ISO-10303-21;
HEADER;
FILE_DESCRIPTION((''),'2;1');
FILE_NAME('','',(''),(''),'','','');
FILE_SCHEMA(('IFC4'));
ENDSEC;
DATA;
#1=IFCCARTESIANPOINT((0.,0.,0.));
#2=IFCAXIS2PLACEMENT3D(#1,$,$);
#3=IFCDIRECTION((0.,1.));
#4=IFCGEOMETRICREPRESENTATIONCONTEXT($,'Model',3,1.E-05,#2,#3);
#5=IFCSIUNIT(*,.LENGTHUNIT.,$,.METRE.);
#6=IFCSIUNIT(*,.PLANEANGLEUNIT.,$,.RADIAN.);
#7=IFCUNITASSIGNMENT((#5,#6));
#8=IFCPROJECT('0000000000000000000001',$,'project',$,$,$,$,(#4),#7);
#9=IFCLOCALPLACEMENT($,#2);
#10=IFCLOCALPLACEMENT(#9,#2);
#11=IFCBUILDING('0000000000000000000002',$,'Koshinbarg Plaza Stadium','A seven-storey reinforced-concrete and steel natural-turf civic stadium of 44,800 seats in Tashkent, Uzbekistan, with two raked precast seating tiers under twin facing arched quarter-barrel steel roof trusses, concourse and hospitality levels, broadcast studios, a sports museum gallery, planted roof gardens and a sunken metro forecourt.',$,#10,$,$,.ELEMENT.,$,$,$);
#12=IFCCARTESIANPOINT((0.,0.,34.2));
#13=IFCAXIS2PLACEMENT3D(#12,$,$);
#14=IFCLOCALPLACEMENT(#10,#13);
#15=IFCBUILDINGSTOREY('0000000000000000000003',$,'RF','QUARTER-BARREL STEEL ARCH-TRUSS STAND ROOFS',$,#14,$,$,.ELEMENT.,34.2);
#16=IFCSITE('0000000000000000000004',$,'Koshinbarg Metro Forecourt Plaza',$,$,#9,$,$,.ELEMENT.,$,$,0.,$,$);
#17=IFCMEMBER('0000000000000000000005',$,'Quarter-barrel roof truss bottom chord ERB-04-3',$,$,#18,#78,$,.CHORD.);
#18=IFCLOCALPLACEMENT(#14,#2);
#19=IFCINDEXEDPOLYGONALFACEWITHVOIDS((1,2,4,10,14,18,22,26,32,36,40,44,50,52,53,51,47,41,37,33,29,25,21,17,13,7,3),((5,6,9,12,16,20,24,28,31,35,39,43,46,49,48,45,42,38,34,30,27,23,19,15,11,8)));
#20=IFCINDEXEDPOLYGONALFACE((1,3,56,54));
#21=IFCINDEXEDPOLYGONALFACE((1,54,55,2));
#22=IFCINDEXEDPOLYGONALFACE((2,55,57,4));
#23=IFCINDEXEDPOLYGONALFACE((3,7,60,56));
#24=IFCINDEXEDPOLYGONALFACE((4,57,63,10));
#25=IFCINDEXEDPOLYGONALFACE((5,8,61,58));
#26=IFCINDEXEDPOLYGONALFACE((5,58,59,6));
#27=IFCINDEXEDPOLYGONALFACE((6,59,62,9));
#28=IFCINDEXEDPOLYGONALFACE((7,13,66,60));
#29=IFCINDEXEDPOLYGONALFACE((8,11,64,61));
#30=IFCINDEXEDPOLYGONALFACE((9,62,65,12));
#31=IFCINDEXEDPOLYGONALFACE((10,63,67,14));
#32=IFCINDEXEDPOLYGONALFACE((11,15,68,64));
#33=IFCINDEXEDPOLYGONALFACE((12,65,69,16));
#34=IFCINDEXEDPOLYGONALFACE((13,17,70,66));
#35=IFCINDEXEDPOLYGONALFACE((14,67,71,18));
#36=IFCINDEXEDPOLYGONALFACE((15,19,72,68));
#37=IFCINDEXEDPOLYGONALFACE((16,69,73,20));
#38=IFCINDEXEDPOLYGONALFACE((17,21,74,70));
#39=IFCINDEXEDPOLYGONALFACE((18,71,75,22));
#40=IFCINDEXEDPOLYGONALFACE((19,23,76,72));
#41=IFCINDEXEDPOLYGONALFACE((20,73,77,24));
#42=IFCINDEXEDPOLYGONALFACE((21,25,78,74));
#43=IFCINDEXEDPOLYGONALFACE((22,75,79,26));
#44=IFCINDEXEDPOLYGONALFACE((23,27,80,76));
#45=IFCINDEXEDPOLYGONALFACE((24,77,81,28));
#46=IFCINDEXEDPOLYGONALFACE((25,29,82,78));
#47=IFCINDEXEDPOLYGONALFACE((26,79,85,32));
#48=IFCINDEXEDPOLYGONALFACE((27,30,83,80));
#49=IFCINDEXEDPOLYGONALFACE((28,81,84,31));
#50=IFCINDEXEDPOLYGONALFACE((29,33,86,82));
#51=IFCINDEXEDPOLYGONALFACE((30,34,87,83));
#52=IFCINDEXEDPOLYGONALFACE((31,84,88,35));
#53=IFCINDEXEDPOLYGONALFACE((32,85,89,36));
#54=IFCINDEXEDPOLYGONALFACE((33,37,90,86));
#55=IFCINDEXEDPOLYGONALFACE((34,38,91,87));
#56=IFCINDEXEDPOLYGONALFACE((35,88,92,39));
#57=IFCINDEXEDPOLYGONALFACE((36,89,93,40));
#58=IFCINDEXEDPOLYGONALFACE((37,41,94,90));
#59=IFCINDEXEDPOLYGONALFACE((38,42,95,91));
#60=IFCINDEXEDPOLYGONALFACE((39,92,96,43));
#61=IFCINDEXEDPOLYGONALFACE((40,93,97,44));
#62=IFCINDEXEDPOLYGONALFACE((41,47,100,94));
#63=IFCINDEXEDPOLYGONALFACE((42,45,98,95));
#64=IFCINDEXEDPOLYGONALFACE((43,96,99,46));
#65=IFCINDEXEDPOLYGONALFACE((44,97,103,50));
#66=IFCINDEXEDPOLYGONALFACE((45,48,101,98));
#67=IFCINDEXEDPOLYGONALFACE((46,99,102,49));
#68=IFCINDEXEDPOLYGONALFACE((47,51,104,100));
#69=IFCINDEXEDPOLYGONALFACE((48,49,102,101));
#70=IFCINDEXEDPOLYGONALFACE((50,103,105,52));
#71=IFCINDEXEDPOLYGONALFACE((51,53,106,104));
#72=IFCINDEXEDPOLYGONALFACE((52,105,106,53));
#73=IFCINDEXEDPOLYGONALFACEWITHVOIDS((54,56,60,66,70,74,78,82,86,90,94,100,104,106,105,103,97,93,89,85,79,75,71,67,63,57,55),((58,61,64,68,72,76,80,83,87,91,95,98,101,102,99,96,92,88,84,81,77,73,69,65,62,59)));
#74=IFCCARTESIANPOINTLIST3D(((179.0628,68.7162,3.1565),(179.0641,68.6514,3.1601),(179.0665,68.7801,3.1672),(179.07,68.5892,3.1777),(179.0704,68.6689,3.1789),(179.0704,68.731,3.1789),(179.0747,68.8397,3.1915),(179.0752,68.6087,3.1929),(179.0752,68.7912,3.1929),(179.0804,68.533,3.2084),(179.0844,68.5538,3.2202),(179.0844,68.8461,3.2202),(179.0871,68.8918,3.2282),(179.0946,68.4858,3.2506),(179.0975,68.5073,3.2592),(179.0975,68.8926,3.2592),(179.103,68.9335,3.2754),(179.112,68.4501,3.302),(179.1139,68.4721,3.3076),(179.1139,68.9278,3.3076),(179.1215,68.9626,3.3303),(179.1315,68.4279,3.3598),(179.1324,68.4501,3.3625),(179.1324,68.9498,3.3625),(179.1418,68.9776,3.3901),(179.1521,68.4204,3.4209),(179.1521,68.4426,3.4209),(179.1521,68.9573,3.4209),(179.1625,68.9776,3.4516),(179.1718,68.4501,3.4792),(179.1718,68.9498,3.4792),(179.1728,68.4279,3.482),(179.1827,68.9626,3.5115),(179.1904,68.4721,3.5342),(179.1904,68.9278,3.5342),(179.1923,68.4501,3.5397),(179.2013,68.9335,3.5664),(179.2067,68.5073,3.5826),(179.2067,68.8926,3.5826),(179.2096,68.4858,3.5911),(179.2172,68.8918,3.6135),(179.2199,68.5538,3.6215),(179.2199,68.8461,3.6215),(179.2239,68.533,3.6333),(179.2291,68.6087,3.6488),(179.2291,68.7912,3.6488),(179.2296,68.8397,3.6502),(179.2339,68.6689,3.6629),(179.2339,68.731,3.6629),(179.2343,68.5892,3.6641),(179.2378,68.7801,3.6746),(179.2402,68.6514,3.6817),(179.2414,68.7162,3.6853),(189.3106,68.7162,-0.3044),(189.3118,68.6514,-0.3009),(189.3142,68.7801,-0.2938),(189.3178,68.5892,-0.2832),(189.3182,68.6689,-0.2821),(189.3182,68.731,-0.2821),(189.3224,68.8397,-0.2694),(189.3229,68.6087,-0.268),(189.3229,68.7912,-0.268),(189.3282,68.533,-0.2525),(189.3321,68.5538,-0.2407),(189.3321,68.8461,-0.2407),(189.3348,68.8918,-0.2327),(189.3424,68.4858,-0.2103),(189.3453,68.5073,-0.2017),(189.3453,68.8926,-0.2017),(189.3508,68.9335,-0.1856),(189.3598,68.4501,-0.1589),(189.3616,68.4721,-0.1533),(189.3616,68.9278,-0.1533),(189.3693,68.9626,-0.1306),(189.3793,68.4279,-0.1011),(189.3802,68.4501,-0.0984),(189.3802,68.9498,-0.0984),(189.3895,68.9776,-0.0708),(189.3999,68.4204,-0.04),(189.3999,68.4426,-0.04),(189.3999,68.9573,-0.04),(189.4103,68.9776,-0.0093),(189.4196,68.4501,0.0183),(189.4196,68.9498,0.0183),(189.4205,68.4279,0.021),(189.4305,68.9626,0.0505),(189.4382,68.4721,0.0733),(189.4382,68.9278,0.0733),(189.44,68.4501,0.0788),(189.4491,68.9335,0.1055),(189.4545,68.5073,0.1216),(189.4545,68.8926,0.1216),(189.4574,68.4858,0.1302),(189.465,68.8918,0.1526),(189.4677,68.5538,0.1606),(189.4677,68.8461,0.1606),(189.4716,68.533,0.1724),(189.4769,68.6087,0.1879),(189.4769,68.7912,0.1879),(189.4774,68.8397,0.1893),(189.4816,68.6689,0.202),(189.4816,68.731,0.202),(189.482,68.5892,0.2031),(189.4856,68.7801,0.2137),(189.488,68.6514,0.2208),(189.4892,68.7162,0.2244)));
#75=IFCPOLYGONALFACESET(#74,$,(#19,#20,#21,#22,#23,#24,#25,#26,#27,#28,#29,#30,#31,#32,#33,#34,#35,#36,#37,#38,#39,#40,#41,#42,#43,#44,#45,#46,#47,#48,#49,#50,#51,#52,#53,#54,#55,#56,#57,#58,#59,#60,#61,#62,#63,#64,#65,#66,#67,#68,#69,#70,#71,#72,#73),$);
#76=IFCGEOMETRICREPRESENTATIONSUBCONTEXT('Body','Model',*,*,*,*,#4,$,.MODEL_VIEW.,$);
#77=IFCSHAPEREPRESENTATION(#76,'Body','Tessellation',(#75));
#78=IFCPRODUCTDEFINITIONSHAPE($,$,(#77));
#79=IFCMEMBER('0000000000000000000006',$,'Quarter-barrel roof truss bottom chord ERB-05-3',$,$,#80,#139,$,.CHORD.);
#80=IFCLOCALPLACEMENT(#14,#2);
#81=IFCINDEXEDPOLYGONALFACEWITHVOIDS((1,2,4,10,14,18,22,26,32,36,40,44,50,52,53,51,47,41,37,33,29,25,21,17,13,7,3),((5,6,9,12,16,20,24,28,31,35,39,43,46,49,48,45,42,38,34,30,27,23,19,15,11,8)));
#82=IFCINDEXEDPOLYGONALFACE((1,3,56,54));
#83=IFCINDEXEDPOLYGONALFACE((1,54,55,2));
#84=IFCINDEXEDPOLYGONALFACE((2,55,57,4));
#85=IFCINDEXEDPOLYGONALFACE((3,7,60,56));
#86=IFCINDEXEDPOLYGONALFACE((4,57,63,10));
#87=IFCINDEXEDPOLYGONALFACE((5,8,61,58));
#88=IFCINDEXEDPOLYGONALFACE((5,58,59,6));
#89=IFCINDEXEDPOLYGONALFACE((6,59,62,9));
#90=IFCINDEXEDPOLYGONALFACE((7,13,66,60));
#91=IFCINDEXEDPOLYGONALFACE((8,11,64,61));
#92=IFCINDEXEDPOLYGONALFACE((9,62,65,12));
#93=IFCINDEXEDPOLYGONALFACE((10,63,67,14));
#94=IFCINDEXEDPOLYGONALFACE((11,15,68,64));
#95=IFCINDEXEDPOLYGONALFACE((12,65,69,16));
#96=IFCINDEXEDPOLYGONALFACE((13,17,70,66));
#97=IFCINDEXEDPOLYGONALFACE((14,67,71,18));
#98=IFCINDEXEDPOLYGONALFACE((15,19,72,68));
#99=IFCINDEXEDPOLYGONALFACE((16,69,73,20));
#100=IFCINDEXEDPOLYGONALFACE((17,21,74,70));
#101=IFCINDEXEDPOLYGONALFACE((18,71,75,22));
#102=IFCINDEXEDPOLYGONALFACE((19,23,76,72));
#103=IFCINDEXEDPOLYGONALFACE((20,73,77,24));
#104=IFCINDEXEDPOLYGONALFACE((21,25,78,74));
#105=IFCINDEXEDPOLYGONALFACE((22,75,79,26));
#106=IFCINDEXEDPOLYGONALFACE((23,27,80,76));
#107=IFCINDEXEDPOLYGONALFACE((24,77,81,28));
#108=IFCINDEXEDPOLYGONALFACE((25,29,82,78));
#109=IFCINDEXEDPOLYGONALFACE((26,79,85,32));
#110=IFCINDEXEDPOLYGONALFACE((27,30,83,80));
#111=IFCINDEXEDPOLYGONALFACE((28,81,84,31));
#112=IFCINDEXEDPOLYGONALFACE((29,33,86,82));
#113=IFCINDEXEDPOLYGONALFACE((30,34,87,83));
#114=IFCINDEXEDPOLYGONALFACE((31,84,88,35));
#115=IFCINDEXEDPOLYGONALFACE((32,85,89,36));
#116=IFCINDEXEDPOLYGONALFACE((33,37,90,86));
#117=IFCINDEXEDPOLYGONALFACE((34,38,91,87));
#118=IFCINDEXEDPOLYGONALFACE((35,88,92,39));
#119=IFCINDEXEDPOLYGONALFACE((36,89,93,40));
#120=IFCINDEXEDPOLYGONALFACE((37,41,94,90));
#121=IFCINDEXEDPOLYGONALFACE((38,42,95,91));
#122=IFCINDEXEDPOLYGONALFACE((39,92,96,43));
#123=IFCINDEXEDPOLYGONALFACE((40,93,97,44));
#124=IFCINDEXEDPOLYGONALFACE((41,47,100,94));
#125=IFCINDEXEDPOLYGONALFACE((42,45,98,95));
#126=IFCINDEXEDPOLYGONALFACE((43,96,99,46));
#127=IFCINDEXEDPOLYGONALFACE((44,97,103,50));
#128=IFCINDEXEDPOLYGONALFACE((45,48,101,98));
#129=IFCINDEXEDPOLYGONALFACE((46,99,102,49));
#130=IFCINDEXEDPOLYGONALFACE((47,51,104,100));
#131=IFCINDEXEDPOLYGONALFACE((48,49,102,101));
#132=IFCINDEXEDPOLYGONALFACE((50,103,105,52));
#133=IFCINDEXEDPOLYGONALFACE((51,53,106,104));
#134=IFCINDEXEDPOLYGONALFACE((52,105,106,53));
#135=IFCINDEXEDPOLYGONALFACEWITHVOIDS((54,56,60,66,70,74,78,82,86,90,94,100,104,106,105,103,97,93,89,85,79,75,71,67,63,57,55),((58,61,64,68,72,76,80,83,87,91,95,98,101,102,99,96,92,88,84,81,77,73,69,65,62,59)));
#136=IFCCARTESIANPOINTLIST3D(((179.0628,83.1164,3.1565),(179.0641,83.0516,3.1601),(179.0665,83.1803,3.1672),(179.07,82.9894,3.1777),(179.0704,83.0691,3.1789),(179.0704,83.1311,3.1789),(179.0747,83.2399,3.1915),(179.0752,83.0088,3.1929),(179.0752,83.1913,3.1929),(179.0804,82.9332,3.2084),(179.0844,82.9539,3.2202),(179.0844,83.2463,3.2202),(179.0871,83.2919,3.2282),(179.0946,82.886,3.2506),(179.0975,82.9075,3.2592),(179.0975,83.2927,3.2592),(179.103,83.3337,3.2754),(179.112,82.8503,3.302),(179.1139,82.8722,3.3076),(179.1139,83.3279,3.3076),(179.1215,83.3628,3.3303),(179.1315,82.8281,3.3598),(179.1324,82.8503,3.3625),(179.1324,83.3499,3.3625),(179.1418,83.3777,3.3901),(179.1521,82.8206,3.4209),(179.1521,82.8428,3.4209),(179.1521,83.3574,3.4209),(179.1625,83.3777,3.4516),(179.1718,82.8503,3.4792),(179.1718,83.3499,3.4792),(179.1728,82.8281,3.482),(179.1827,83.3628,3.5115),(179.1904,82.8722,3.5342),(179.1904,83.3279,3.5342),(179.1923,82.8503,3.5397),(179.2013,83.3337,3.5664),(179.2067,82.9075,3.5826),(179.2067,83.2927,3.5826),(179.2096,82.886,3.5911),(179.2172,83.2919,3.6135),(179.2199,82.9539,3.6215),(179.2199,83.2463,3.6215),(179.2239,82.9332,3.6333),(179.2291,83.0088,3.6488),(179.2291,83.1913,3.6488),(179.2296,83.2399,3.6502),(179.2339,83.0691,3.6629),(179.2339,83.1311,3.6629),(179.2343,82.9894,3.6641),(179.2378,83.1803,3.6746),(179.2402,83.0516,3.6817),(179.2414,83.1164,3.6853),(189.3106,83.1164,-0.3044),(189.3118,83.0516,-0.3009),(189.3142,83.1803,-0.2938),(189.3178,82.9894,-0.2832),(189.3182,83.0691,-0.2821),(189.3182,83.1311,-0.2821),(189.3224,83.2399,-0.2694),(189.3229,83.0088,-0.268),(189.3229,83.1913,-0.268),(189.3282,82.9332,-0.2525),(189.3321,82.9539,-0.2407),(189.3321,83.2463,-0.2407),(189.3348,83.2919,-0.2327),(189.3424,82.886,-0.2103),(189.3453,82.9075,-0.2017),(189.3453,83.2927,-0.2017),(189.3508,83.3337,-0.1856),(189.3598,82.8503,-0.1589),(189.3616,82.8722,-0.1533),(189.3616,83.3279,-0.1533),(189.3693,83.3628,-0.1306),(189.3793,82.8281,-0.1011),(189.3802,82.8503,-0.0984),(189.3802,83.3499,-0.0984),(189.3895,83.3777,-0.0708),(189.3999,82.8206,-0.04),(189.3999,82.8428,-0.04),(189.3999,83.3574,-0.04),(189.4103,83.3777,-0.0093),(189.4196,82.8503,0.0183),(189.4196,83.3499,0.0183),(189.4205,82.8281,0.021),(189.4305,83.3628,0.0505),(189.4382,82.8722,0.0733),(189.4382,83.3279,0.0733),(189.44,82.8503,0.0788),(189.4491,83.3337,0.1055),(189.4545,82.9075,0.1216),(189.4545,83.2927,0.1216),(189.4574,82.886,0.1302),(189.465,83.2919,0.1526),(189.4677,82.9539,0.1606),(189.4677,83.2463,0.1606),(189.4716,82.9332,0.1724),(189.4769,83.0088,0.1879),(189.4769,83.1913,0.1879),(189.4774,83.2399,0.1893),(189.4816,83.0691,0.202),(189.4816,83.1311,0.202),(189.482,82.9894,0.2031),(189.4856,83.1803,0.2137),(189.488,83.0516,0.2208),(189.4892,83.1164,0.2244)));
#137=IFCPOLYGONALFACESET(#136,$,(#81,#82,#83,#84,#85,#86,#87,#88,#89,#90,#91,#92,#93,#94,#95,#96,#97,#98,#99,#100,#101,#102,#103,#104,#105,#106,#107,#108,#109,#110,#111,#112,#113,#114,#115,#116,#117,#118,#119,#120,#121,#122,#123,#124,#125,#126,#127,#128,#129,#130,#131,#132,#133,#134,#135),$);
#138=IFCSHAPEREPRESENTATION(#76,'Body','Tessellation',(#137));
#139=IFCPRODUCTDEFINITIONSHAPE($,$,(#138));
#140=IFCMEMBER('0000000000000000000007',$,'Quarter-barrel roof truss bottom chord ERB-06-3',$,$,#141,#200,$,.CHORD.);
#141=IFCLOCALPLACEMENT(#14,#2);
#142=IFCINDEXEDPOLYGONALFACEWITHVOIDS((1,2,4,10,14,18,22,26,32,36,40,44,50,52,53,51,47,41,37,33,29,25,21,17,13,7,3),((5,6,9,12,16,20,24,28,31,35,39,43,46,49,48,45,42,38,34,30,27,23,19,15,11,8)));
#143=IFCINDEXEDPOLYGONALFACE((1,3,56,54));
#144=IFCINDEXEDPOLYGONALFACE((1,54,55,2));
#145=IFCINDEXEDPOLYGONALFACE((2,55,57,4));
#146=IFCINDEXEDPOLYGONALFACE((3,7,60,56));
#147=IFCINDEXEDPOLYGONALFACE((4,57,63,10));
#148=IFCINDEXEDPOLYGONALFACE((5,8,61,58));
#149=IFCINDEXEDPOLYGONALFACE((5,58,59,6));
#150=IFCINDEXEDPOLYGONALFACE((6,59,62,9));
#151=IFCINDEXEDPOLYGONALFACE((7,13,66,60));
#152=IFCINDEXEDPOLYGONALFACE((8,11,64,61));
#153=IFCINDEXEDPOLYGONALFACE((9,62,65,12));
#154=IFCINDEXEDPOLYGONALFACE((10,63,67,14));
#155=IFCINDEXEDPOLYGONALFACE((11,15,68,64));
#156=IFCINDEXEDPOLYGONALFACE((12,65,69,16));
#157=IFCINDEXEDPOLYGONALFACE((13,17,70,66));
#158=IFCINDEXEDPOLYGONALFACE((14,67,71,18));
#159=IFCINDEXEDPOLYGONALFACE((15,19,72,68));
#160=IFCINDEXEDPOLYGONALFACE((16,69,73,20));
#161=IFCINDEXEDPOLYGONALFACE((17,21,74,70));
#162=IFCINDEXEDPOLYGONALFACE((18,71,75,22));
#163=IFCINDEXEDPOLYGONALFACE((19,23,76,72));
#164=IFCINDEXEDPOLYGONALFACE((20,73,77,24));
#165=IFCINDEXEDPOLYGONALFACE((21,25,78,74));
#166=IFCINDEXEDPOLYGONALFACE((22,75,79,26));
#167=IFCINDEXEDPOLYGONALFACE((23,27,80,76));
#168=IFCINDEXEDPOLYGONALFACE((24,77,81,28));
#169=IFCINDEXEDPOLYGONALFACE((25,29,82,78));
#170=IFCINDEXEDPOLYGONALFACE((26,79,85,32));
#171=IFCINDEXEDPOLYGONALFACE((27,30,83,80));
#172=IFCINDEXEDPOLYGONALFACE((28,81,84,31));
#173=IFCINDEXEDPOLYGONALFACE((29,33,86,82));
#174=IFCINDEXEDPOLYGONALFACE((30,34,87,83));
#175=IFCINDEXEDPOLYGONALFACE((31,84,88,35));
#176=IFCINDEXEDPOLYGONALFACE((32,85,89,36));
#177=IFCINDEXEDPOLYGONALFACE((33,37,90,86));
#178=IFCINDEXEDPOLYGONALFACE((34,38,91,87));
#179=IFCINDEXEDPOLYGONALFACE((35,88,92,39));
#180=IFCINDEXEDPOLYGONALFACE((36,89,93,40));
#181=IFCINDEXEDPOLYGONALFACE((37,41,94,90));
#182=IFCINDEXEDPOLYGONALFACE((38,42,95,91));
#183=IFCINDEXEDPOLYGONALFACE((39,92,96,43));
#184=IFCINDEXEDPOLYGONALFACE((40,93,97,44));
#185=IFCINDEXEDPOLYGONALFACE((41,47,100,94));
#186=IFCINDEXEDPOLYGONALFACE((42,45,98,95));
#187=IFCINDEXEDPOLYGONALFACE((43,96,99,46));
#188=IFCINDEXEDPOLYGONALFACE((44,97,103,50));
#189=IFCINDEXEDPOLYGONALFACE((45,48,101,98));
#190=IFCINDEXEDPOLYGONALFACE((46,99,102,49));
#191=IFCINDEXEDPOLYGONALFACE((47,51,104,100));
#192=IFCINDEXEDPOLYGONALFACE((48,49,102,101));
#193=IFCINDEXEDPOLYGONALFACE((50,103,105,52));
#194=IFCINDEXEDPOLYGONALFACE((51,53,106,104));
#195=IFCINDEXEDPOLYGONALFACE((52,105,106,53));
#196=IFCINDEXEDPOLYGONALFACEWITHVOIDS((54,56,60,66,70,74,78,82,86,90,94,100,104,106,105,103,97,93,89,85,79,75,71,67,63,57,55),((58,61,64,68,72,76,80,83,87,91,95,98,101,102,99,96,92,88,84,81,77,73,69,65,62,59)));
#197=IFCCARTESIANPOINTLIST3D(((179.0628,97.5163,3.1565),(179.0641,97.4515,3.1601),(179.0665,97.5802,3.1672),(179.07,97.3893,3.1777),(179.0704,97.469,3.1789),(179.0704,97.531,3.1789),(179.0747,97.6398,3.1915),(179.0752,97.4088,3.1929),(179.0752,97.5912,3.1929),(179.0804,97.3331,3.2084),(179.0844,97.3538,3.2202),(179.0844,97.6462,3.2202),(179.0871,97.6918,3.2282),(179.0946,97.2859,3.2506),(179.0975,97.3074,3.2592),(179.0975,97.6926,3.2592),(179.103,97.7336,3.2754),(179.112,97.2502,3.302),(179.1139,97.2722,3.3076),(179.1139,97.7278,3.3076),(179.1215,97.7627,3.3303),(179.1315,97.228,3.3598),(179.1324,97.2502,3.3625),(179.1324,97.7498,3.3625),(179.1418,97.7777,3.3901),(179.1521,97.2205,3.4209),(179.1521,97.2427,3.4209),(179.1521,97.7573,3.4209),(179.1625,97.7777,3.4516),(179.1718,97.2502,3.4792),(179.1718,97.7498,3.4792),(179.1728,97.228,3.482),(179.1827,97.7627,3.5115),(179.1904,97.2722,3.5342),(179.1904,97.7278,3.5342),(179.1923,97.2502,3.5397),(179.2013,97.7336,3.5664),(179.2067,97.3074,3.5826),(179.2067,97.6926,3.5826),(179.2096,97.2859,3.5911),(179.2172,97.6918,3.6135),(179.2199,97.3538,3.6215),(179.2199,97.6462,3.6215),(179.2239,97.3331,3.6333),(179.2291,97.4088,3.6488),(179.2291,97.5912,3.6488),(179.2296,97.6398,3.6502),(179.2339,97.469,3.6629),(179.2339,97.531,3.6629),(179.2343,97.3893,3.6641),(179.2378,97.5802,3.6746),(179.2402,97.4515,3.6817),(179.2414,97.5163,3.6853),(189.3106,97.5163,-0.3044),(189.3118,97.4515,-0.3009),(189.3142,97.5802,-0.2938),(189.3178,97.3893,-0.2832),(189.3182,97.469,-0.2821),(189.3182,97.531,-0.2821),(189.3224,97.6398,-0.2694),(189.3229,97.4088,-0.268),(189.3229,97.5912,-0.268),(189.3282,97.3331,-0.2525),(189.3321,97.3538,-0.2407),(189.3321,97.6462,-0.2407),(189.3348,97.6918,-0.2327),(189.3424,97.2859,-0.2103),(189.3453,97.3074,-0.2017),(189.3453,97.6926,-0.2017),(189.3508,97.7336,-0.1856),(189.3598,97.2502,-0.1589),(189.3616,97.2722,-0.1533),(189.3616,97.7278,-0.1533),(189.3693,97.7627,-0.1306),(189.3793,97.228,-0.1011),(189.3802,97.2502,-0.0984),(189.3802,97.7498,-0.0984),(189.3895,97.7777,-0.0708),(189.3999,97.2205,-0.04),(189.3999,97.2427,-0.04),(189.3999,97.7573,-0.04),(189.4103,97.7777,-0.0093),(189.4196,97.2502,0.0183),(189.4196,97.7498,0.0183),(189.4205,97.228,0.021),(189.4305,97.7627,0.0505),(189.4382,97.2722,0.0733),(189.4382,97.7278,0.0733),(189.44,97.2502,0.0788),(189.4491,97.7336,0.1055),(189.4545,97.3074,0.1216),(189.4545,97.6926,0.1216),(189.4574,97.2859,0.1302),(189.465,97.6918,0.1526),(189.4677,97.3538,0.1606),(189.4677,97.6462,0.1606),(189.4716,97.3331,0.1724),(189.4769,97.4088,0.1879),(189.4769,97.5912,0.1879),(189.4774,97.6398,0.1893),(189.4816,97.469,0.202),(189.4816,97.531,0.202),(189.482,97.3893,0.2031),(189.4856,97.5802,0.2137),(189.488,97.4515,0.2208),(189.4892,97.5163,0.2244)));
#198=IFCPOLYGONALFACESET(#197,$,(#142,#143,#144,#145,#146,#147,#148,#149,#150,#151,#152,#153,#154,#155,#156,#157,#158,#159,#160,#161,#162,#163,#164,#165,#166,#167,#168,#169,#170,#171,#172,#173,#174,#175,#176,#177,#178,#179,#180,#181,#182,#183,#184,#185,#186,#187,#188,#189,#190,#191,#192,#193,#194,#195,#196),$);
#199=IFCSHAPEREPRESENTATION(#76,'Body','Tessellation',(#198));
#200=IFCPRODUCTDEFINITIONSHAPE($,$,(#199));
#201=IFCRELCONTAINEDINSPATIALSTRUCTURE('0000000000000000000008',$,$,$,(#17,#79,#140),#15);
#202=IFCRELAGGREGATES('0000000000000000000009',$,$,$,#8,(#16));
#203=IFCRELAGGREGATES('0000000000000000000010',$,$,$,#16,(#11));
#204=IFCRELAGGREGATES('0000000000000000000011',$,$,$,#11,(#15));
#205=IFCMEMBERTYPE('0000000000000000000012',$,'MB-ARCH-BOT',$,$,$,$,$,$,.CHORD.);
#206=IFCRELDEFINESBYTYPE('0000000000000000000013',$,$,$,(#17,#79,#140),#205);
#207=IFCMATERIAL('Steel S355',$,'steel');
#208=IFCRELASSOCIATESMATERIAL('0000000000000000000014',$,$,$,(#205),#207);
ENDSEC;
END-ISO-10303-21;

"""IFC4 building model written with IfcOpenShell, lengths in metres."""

from ifc_helpers import new_model, si_unit, direction, frame, origin, origin_2d, place, context, subcontext, project, spatial, hollow_circle, extrude, material, material_profile, profile_set, type_object, element, save


model = new_model("IFC4")

# Units and contexts
model_context = context("Model", 3, precision=1e-05, world=origin(), true_north=direction((0.0, 1.0)))
body_context = subcontext(model_context, "Body", "Model", "MODEL_VIEW")
ifc_project = project(units=[si_unit("LENGTHUNIT", "METRE"), si_unit("PLANEANGLEUNIT", "RADIAN")], contexts=[model_context])

# Site, building, storey
site_placement = place(None, origin())
site = spatial("IfcSite", under=ifc_project, at=site_placement, Name="Koshinbarg Metro Forecourt Plaza", CompositionType="ELEMENT", RefElevation=0.0)
building_placement = place(site_placement, origin())
building = spatial("IfcBuilding", under=site, at=building_placement, Name="Koshinbarg Plaza Stadium", Description="A seven-storey reinforced-concrete and steel natural-turf civic stadium of 44,800 seats in Tashkent, Uzbekistan, with two raked precast seating tiers under twin facing arched quarter-barrel steel roof trusses, concourse and hospitality levels, broadcast studios, a sports museum gallery, planted roof gardens and a sunken metro forecourt.", CompositionType="ELEMENT")
storey_placement = place(building_placement, frame((0.0, 0.0, 34.2)))
storey = spatial("IfcBuildingStorey", under=building, at=storey_placement, Name="RF", Description="QUARTER-BARREL STEEL ARCH-TRUSS STAND ROOFS", CompositionType="ELEMENT", Elevation=34.2)

# Members
ifc_material_1 = material(Name="Steel S355", Category="steel")
ifc_material_profile_1 = material_profile(ifc_material_1, hollow_circle(Radius=0.2795, WallThickness=0.0222, at=origin_2d()), Name="CHS 559x22.2")
ifc_profile_set_1 = profile_set([ifc_material_profile_1], Name="Steel S355")
member_type_1 = type_object("IfcMemberType", Name="MB-ARCH-BOT", PredefinedType="CHORD", material=ifc_profile_set_1)
for number, where, z_axis, x_axis, name in (
    (1, (189.3999, 68.7, -0.04), (-0.947428, 0.0, 0.31997), (0.0, -1.0, 0.0), "Quarter-barrel roof truss bottom chord ERB-04-3"),
    (2, (189.3999, 83.1001, -0.04), (-0.947428, 0.0, 0.31997), (0.0, -1.0, 0.0), "Quarter-barrel roof truss bottom chord ERB-05-3"),
    (3, (189.3999, 97.5, -0.04), (-0.947428, 0.0, 0.31997), (0.0, -1.0, 0.0), "Quarter-barrel roof truss bottom chord ERB-06-3"),
):
    element("IfcMember", number, at=place(storey_placement, frame(where, z_axis=z_axis, x_axis=x_axis)), inside=storey, type_object=member_type_1, Name=name, PredefinedType="CHORD", context=body_context, shape_type="SweptSolid", body=[
        extrude(hollow_circle(Radius=0.2795, WallThickness=0.0222, at=origin_2d()), origin(), (0.0, 0.0, 1.0), 10.8164),
    ])

save(model, "model.ifc")
